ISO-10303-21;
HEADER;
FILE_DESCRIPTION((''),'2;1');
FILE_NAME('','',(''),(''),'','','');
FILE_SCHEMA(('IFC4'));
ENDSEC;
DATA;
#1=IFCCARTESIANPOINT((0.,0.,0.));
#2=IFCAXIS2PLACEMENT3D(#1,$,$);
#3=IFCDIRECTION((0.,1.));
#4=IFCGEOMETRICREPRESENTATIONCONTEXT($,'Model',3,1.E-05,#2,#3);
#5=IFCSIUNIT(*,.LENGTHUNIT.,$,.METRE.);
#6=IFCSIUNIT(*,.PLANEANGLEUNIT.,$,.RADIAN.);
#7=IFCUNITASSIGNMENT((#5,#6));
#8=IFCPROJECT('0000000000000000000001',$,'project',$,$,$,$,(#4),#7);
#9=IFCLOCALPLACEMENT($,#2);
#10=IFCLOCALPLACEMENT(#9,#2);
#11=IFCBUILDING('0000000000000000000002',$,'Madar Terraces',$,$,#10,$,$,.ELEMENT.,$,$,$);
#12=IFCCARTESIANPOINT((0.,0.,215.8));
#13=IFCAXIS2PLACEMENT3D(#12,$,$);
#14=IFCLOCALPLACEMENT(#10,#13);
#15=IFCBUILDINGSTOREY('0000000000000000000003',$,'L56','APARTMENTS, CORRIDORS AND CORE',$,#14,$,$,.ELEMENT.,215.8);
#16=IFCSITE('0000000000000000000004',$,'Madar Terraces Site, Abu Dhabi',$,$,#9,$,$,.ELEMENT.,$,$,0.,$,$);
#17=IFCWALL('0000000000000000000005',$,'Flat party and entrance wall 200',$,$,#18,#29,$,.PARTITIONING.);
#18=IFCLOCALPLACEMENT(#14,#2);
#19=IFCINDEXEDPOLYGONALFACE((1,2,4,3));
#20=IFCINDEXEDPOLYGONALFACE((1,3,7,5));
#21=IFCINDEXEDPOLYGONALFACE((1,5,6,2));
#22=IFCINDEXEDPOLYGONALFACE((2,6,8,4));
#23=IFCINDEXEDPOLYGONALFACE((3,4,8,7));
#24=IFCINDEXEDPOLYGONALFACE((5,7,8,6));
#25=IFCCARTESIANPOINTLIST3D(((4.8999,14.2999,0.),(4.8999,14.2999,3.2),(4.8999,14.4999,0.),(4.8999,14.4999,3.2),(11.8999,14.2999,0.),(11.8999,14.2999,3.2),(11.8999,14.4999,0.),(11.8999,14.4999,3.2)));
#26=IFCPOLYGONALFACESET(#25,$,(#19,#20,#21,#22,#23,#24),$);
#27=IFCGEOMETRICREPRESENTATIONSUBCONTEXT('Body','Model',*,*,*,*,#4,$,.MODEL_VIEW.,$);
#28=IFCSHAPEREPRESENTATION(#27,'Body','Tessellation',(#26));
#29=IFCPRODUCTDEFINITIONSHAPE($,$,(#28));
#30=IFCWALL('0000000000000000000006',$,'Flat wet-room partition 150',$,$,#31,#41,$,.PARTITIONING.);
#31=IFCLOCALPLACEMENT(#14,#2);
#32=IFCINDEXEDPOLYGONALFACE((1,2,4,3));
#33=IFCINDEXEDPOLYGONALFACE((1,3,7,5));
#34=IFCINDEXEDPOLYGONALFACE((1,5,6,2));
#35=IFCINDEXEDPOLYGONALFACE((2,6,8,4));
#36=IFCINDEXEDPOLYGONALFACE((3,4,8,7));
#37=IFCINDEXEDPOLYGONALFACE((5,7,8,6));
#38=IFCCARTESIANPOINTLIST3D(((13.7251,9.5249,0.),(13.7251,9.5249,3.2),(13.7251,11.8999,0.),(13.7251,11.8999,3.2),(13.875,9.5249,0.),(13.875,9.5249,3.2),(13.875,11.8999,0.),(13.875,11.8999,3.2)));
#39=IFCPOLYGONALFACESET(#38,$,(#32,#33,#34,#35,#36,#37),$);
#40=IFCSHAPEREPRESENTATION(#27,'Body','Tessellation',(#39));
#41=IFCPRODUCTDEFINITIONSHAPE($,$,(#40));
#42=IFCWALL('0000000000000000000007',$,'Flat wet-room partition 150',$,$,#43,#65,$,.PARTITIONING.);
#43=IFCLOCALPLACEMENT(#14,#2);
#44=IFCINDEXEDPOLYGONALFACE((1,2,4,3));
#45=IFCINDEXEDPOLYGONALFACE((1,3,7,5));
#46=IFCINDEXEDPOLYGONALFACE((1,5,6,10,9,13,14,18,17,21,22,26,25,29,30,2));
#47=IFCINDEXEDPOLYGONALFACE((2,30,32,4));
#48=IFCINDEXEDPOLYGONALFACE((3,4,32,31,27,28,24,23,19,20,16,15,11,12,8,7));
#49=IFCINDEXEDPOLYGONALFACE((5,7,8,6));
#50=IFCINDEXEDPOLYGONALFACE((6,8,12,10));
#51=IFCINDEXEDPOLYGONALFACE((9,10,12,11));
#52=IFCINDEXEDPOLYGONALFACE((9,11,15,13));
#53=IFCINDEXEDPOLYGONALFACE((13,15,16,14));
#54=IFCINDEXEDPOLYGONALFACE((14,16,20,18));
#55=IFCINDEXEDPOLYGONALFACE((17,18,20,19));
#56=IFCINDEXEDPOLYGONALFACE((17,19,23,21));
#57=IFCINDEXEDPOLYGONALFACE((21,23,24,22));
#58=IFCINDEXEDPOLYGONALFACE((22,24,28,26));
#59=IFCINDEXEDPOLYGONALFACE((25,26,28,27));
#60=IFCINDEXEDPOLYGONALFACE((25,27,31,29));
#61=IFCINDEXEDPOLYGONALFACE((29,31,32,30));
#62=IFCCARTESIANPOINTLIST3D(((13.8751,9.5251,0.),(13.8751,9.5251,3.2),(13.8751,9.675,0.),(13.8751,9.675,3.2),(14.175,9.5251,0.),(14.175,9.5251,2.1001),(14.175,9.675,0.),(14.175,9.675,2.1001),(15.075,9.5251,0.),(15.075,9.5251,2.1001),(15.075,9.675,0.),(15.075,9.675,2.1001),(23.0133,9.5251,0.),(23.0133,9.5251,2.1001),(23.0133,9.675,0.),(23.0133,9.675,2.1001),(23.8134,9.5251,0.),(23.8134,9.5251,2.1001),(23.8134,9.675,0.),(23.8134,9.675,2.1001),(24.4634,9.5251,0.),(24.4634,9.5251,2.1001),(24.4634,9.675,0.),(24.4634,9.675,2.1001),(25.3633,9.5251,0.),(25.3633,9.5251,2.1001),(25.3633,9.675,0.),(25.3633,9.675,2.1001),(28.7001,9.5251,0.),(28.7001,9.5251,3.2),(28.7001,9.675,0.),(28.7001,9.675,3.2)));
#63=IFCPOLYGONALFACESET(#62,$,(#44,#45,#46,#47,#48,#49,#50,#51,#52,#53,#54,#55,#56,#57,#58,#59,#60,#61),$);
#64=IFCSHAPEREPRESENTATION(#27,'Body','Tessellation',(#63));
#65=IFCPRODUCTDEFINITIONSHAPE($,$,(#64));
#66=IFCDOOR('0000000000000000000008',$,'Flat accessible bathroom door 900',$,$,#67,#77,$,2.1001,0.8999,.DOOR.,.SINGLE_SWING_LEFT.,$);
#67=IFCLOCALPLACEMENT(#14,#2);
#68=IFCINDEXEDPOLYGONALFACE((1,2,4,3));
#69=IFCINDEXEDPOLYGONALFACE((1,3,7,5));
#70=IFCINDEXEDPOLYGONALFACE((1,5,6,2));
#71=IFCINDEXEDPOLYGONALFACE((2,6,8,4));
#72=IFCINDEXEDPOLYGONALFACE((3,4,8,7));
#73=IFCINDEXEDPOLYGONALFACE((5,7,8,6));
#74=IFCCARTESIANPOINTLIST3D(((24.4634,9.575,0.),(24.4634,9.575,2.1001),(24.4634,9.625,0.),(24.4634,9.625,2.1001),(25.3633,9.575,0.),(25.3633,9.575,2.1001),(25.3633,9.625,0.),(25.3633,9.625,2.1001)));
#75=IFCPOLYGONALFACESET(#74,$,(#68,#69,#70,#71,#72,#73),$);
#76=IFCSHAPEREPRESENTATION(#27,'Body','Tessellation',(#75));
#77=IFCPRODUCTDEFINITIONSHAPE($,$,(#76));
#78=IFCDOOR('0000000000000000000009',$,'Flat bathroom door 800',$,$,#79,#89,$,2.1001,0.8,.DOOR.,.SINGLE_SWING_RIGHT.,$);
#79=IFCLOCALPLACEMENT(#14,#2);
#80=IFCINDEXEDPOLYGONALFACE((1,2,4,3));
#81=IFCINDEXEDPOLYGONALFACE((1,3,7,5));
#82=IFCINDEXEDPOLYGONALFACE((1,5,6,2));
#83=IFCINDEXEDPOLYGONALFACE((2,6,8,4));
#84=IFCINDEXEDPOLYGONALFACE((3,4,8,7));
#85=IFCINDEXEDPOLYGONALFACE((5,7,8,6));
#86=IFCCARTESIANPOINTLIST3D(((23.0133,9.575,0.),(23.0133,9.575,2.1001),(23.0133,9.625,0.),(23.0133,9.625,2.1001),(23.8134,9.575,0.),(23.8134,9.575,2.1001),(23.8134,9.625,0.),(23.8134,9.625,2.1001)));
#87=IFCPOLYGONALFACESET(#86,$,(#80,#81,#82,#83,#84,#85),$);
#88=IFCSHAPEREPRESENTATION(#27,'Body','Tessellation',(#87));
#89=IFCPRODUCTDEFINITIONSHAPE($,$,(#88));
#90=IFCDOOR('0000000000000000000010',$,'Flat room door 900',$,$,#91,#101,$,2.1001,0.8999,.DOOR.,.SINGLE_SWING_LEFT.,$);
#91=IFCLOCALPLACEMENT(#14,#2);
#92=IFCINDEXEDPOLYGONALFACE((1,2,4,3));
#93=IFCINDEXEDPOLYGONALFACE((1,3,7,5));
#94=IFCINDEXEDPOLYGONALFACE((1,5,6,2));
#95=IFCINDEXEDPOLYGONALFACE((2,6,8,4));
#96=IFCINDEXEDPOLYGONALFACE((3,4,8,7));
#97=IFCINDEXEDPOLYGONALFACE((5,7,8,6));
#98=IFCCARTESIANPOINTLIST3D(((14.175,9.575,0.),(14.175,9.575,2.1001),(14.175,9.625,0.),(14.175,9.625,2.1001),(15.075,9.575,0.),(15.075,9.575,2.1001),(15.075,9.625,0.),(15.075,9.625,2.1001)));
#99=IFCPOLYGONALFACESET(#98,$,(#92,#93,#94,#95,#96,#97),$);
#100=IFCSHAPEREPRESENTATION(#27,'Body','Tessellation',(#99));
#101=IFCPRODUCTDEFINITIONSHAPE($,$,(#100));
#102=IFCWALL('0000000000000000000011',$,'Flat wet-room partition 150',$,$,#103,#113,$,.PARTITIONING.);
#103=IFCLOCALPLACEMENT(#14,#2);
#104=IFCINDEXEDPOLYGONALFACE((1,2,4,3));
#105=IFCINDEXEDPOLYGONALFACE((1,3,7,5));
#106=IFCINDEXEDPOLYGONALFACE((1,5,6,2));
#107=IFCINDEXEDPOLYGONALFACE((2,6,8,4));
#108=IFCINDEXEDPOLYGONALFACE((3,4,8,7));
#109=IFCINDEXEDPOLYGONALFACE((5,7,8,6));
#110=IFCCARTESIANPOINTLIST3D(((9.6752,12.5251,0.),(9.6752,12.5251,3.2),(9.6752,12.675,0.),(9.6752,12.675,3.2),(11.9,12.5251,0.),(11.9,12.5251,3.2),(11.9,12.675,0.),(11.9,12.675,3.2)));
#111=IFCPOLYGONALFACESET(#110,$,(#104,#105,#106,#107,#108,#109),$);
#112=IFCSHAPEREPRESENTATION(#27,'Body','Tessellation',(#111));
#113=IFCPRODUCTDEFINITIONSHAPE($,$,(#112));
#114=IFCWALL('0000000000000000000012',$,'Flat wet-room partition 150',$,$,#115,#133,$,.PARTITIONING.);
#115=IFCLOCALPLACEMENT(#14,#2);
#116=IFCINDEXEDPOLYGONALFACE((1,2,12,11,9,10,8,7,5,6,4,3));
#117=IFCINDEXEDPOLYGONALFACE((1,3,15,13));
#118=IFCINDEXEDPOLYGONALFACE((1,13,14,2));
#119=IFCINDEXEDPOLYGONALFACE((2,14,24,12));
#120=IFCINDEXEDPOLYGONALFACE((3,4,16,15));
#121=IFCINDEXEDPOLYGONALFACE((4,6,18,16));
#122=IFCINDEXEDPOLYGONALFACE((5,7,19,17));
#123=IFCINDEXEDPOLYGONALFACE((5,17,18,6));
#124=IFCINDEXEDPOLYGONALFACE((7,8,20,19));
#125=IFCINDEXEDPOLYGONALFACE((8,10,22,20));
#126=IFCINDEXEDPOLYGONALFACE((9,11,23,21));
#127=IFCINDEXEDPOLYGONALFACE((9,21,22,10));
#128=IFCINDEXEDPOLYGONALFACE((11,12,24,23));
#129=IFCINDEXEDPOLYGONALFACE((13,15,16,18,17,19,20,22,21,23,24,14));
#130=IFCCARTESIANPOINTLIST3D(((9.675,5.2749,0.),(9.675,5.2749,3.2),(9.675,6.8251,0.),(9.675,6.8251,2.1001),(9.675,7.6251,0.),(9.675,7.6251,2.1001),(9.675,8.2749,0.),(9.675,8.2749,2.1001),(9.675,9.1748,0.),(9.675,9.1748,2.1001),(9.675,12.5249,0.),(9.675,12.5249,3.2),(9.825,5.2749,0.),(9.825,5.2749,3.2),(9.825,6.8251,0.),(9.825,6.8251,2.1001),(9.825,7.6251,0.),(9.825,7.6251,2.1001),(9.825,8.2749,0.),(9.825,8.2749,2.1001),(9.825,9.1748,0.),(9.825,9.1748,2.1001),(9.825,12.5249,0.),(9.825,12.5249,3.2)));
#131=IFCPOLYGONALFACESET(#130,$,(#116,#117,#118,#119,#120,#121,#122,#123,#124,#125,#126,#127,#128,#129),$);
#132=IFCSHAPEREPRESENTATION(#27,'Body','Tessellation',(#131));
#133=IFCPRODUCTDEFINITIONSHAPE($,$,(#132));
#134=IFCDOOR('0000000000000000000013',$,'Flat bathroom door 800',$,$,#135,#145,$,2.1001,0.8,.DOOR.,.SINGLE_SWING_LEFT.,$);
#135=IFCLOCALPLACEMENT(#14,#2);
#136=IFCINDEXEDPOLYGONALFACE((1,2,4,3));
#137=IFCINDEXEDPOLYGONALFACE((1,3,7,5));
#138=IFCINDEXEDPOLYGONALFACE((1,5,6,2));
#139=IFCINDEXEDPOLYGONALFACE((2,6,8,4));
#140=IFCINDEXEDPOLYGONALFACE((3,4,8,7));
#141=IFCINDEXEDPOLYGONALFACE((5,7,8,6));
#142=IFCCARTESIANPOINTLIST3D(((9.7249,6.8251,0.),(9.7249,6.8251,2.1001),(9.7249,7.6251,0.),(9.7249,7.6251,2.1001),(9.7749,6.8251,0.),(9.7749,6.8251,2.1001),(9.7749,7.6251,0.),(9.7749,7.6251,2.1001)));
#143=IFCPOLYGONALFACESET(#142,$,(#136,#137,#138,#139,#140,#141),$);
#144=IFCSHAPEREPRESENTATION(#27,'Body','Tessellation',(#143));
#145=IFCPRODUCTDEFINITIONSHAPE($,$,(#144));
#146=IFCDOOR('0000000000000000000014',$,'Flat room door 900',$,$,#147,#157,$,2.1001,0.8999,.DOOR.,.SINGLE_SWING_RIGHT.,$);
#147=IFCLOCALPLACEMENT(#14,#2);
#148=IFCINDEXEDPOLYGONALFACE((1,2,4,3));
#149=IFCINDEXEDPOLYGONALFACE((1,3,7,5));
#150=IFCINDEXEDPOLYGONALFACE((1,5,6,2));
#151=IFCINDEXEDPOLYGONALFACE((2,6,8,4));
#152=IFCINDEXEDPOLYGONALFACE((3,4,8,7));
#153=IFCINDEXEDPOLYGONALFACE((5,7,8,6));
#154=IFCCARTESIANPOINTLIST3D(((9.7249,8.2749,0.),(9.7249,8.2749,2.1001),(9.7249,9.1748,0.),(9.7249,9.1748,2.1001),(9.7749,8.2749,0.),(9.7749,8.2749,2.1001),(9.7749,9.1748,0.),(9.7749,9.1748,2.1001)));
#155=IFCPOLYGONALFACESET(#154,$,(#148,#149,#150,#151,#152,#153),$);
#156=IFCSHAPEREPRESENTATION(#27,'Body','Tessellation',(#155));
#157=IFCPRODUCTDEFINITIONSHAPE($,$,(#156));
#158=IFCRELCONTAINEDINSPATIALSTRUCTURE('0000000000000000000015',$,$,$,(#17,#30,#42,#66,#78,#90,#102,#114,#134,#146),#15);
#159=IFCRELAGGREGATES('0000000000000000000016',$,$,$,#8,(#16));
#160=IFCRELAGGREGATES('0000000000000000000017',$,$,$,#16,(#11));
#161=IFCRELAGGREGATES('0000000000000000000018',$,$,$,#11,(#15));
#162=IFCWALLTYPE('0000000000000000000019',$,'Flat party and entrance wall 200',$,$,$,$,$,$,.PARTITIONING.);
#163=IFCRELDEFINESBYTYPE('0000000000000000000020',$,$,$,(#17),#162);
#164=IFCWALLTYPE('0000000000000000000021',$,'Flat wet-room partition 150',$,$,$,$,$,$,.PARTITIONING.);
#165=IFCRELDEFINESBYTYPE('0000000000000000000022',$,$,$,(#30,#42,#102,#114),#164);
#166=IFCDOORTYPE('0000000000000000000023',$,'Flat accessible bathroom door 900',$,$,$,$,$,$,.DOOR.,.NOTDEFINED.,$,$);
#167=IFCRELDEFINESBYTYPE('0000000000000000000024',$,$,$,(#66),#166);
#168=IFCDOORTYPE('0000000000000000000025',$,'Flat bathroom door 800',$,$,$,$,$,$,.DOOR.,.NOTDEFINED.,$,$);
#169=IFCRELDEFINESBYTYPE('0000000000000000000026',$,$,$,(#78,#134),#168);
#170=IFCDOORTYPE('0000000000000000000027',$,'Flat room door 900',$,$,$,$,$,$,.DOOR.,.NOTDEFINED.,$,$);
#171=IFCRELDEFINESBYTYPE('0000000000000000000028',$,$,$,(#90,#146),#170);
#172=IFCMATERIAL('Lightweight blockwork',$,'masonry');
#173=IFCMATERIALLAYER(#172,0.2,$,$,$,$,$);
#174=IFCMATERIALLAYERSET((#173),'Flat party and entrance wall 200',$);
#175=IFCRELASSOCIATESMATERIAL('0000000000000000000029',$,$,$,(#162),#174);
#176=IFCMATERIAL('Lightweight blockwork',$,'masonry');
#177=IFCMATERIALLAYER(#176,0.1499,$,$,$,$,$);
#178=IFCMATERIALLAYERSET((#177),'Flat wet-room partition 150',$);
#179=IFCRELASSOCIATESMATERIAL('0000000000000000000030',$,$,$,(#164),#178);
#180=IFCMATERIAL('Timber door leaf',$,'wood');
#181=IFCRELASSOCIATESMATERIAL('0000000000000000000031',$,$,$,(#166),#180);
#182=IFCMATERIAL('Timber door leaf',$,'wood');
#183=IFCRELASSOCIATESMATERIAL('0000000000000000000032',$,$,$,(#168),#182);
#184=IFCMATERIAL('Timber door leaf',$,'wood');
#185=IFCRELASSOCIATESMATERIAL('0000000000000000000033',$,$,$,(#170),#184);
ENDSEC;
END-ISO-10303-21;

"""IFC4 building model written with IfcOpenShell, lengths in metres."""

from ifc_helpers import new_model, si_unit, direction, frame, frame_2d, origin, place, context, subcontext, project, spatial, rectangle, extrude, material, layer, layer_set, type_object, element, fill, save


model = new_model("IFC4")

# Units and contexts
model_context = context("Model", 3, precision=1e-05, world=origin(), true_north=direction((0.0, 1.0)))
body_context = subcontext(model_context, "Body", "Model", "MODEL_VIEW")
ifc_project = project(units=[si_unit("LENGTHUNIT", "METRE"), si_unit("PLANEANGLEUNIT", "RADIAN")], contexts=[model_context])

# Site, building, storey
site_placement = place(None, origin())
site = spatial("IfcSite", under=ifc_project, at=site_placement, Name="Madar Terraces Site, Abu Dhabi", CompositionType="ELEMENT", RefElevation=0.0)
building_placement = place(site_placement, origin())
building = spatial("IfcBuilding", under=site, at=building_placement, Name="Madar Terraces", CompositionType="ELEMENT")
storey_placement = place(building_placement, frame((0.0, 0.0, 215.8)))
storey = spatial("IfcBuildingStorey", under=building, at=storey_placement, Name="L56", Description="APARTMENTS, CORRIDORS AND CORE", CompositionType="ELEMENT", Elevation=215.8)

# Shared definitions
ifc_material_1 = material(Name="Lightweight blockwork", Category="masonry")
ifc_layer_1 = layer(ifc_material_1, 0.2)
ifc_layer_set_1 = layer_set([ifc_layer_1], Name="Flat party and entrance wall 200")
wall_type_1 = type_object("IfcWallType", Name="Flat party and entrance wall 200", PredefinedType="PARTITIONING", material=ifc_layer_set_1)

# Walls
wall_1_placement = place(storey_placement, frame((4.8999, 14.3999, 0.0), z_axis=(0.0, 0.0, 1.0), x_axis=(1.0, 0.0, 0.0)))
element("IfcWall", 1, at=wall_1_placement, inside=storey, type_object=wall_type_1, Name="Flat party and entrance wall 200", PredefinedType="PARTITIONING", context=body_context, shape_type="SweptSolid", body=[
    extrude(rectangle(XDim=7.0, YDim=0.2, at=frame_2d((3.5, 0.0))), origin(), (0.0, 0.0, 1.0), 3.2),
])
ifc_material_2 = material(Name="Lightweight blockwork", Category="masonry")
ifc_layer_2 = layer(ifc_material_2, 0.1499)
ifc_layer_set_2 = layer_set([ifc_layer_2], Name="Flat wet-room partition 150")
wall_type_2 = type_object("IfcWallType", Name="Flat wet-room partition 150", PredefinedType="PARTITIONING", material=ifc_layer_set_2)
wall_2_placement = place(storey_placement, frame((13.8, 11.8999, 0.0), z_axis=(0.0, 0.0, 1.0), x_axis=(0.0, -1.0, 0.0)))
element("IfcWall", 2, at=wall_2_placement, inside=storey, type_object=wall_type_2, Name="Flat wet-room partition 150", PredefinedType="PARTITIONING", context=body_context, shape_type="SweptSolid", body=[
    extrude(rectangle(XDim=2.375, YDim=0.1499, at=frame_2d((1.1875, 0.0))), origin(), (0.0, 0.0, 1.0), 3.2),
])

# Wall, openings, doors
wall_3_placement = place(storey_placement, frame((13.875, 9.6001, 0.0), z_axis=(0.0, 0.0, 1.0), x_axis=(1.0, 0.0, 0.0)))
wall_3 = element("IfcWall", 3, at=wall_3_placement, inside=storey, type_object=wall_type_2, Name="Flat wet-room partition 150", PredefinedType="PARTITIONING", context=body_context, shape_type="SweptSolid", body=[
    extrude(rectangle(XDim=14.825, YDim=0.1499, at=frame_2d((7.4126, 0.0))), origin(), (0.0, 0.0, 1.0), 3.2),
])
opening_1_placement = place(wall_3_placement, frame((0.3, 0.0, 0.0)))
opening_1 = element("IfcOpeningElement", 4, at=opening_1_placement, cuts=wall_3, PredefinedType="OPENING", context=body_context, shape_type="SweptSolid", body=[
    extrude(rectangle(XDim=0.8999, YDim=2.1001, at=frame_2d((0.45, 1.05))), frame((0.0, 0.085, 0.0), z_axis=(0.0, -1.0, 0.0), x_axis=(1.0, 0.0, 0.0)), (0.0, 0.0, 1.0), 0.1699),
])
opening_2_placement = place(wall_3_placement, frame((9.1384, 0.0, 0.0)))
opening_2 = element("IfcOpeningElement", 5, at=opening_2_placement, cuts=wall_3, PredefinedType="OPENING", context=body_context, shape_type="SweptSolid", body=[
    extrude(rectangle(XDim=0.8, YDim=2.1001, at=frame_2d((0.3999, 1.05))), frame((0.0, 0.085, 0.0), z_axis=(0.0, -1.0, 0.0), x_axis=(1.0, 0.0, 0.0)), (0.0, 0.0, 1.0), 0.1699),
])
opening_3_placement = place(wall_3_placement, frame((10.5884, 0.0, 0.0)))
opening_3 = element("IfcOpeningElement", 6, at=opening_3_placement, cuts=wall_3, PredefinedType="OPENING", context=body_context, shape_type="SweptSolid", body=[
    extrude(rectangle(XDim=0.8999, YDim=2.1001, at=frame_2d((0.45, 1.05))), frame((0.0, 0.085, 0.0), z_axis=(0.0, -1.0, 0.0), x_axis=(1.0, 0.0, 0.0)), (0.0, 0.0, 1.0), 0.1699),
])
ifc_material_3 = material(Name="Timber door leaf", Category="wood")
door_type_1 = type_object("IfcDoorType", Name="Flat accessible bathroom door 900", OperationType="NOTDEFINED", PredefinedType="DOOR", material=ifc_material_3)
door_1_placement = place(opening_3_placement, origin())
door_1 = element("IfcDoor", 7, at=door_1_placement, inside=storey, type_object=door_type_1, Name="Flat accessible bathroom door 900", OperationType="SINGLE_SWING_LEFT", OverallHeight=2.1001, OverallWidth=0.8999, PredefinedType="DOOR", context=body_context, shape_type="SweptSolid", body=[
    extrude(rectangle(XDim=0.8999, YDim=2.1001, at=frame_2d((0.45, 1.05))), frame((0.0, 0.0249, 0.0), z_axis=(0.0, -1.0, 0.0), x_axis=(1.0, 0.0, 0.0)), (0.0, 0.0, 1.0), 0.05),
])
fill(opening_3, door_1)
ifc_material_4 = material(Name="Timber door leaf", Category="wood")
door_type_2 = type_object("IfcDoorType", Name="Flat bathroom door 800", OperationType="NOTDEFINED", PredefinedType="DOOR", material=ifc_material_4)
door_2_placement = place(opening_2_placement, origin())
door_2 = element("IfcDoor", 8, at=door_2_placement, inside=storey, type_object=door_type_2, Name="Flat bathroom door 800", OperationType="SINGLE_SWING_RIGHT", OverallHeight=2.1001, OverallWidth=0.8, PredefinedType="DOOR", context=body_context, shape_type="SweptSolid", body=[
    extrude(rectangle(XDim=0.8, YDim=2.1001, at=frame_2d((0.3999, 1.05))), frame((0.0, 0.0249, 0.0), z_axis=(0.0, -1.0, 0.0), x_axis=(1.0, 0.0, 0.0)), (0.0, 0.0, 1.0), 0.05),
])
fill(opening_2, door_2)
ifc_material_5 = material(Name="Timber door leaf", Category="wood")
door_type_3 = type_object("IfcDoorType", Name="Flat room door 900", OperationType="NOTDEFINED", PredefinedType="DOOR", material=ifc_material_5)
door_3_placement = place(opening_1_placement, origin())
door_3 = element("IfcDoor", 9, at=door_3_placement, inside=storey, type_object=door_type_3, Name="Flat room door 900", OperationType="SINGLE_SWING_LEFT", OverallHeight=2.1001, OverallWidth=0.8999, PredefinedType="DOOR", context=body_context, shape_type="SweptSolid", body=[
    extrude(rectangle(XDim=0.8999, YDim=2.1001, at=frame_2d((0.45, 1.05))), frame((0.0, 0.0249, 0.0), z_axis=(0.0, -1.0, 0.0), x_axis=(1.0, 0.0, 0.0)), (0.0, 0.0, 1.0), 0.05),
])
fill(opening_1, door_3)

# Wall
wall_4_placement = place(storey_placement, frame((11.8999, 12.6001, 0.0), z_axis=(0.0, 0.0, 1.0), x_axis=(-1.0, 0.0, 0.0)))
element("IfcWall", 10, at=wall_4_placement, inside=storey, type_object=wall_type_2, Name="Flat wet-room partition 150", PredefinedType="PARTITIONING", context=body_context, shape_type="SweptSolid", body=[
    extrude(rectangle(XDim=2.2249, YDim=0.1499, at=frame_2d((1.1123, 0.0))), origin(), (0.0, 0.0, 1.0), 3.2),
])

# Wall, openings, doors
wall_5_placement = place(storey_placement, frame((9.75, 12.5249, 0.0), z_axis=(0.0, 0.0, 1.0), x_axis=(0.0, -1.0, 0.0)))
wall_5 = element("IfcWall", 11, at=wall_5_placement, inside=storey, type_object=wall_type_2, Name="Flat wet-room partition 150", PredefinedType="PARTITIONING", context=body_context, shape_type="SweptSolid", body=[
    extrude(rectangle(XDim=7.25, YDim=0.1499, at=frame_2d((3.625, 0.0))), origin(), (0.0, 0.0, 1.0), 3.2),
])
opening_4_placement = place(wall_5_placement, frame((3.3501, 0.0, 0.0)))
opening_4 = element("IfcOpeningElement", 12, at=opening_4_placement, cuts=wall_5, PredefinedType="OPENING", context=body_context, shape_type="SweptSolid", body=[
    extrude(rectangle(XDim=0.8999, YDim=2.1001, at=frame_2d((0.45, 1.05))), frame((0.0, 0.085, 0.0), z_axis=(0.0, -1.0, 0.0), x_axis=(1.0, 0.0, 0.0)), (0.0, 0.0, 1.0), 0.1699),
])
opening_5_placement = place(wall_5_placement, frame((4.8999, 0.0, 0.0)))
opening_5 = element("IfcOpeningElement", 13, at=opening_5_placement, cuts=wall_5, PredefinedType="OPENING", context=body_context, shape_type="SweptSolid", body=[
    extrude(rectangle(XDim=0.8, YDim=2.1001, at=frame_2d((0.3999, 1.05))), frame((0.0, 0.085, 0.0), z_axis=(0.0, -1.0, 0.0), x_axis=(1.0, 0.0, 0.0)), (0.0, 0.0, 1.0), 0.1699),
])
door_4_placement = place(opening_5_placement, origin())
door_4 = element("IfcDoor", 14, at=door_4_placement, inside=storey, type_object=door_type_2, Name="Flat bathroom door 800", OperationType="SINGLE_SWING_LEFT", OverallHeight=2.1001, OverallWidth=0.8, PredefinedType="DOOR", context=body_context, shape_type="SweptSolid", body=[
    extrude(rectangle(XDim=0.8, YDim=2.1001, at=frame_2d((0.3999, 1.05))), frame((0.0, 0.0249, 0.0), z_axis=(0.0, -1.0, 0.0), x_axis=(1.0, 0.0, 0.0)), (0.0, 0.0, 1.0), 0.05),
])
fill(opening_5, door_4)
door_5_placement = place(opening_4_placement, origin())
door_5 = element("IfcDoor", 15, at=door_5_placement, inside=storey, type_object=door_type_3, Name="Flat room door 900", OperationType="SINGLE_SWING_RIGHT", OverallHeight=2.1001, OverallWidth=0.8999, PredefinedType="DOOR", context=body_context, shape_type="SweptSolid", body=[
    extrude(rectangle(XDim=0.8999, YDim=2.1001, at=frame_2d((0.45, 1.05))), frame((0.0, 0.0249, 0.0), z_axis=(0.0, -1.0, 0.0), x_axis=(1.0, 0.0, 0.0)), (0.0, 0.0, 1.0), 0.05),
])
fill(opening_4, door_5)

save(model, "model.ifc")
